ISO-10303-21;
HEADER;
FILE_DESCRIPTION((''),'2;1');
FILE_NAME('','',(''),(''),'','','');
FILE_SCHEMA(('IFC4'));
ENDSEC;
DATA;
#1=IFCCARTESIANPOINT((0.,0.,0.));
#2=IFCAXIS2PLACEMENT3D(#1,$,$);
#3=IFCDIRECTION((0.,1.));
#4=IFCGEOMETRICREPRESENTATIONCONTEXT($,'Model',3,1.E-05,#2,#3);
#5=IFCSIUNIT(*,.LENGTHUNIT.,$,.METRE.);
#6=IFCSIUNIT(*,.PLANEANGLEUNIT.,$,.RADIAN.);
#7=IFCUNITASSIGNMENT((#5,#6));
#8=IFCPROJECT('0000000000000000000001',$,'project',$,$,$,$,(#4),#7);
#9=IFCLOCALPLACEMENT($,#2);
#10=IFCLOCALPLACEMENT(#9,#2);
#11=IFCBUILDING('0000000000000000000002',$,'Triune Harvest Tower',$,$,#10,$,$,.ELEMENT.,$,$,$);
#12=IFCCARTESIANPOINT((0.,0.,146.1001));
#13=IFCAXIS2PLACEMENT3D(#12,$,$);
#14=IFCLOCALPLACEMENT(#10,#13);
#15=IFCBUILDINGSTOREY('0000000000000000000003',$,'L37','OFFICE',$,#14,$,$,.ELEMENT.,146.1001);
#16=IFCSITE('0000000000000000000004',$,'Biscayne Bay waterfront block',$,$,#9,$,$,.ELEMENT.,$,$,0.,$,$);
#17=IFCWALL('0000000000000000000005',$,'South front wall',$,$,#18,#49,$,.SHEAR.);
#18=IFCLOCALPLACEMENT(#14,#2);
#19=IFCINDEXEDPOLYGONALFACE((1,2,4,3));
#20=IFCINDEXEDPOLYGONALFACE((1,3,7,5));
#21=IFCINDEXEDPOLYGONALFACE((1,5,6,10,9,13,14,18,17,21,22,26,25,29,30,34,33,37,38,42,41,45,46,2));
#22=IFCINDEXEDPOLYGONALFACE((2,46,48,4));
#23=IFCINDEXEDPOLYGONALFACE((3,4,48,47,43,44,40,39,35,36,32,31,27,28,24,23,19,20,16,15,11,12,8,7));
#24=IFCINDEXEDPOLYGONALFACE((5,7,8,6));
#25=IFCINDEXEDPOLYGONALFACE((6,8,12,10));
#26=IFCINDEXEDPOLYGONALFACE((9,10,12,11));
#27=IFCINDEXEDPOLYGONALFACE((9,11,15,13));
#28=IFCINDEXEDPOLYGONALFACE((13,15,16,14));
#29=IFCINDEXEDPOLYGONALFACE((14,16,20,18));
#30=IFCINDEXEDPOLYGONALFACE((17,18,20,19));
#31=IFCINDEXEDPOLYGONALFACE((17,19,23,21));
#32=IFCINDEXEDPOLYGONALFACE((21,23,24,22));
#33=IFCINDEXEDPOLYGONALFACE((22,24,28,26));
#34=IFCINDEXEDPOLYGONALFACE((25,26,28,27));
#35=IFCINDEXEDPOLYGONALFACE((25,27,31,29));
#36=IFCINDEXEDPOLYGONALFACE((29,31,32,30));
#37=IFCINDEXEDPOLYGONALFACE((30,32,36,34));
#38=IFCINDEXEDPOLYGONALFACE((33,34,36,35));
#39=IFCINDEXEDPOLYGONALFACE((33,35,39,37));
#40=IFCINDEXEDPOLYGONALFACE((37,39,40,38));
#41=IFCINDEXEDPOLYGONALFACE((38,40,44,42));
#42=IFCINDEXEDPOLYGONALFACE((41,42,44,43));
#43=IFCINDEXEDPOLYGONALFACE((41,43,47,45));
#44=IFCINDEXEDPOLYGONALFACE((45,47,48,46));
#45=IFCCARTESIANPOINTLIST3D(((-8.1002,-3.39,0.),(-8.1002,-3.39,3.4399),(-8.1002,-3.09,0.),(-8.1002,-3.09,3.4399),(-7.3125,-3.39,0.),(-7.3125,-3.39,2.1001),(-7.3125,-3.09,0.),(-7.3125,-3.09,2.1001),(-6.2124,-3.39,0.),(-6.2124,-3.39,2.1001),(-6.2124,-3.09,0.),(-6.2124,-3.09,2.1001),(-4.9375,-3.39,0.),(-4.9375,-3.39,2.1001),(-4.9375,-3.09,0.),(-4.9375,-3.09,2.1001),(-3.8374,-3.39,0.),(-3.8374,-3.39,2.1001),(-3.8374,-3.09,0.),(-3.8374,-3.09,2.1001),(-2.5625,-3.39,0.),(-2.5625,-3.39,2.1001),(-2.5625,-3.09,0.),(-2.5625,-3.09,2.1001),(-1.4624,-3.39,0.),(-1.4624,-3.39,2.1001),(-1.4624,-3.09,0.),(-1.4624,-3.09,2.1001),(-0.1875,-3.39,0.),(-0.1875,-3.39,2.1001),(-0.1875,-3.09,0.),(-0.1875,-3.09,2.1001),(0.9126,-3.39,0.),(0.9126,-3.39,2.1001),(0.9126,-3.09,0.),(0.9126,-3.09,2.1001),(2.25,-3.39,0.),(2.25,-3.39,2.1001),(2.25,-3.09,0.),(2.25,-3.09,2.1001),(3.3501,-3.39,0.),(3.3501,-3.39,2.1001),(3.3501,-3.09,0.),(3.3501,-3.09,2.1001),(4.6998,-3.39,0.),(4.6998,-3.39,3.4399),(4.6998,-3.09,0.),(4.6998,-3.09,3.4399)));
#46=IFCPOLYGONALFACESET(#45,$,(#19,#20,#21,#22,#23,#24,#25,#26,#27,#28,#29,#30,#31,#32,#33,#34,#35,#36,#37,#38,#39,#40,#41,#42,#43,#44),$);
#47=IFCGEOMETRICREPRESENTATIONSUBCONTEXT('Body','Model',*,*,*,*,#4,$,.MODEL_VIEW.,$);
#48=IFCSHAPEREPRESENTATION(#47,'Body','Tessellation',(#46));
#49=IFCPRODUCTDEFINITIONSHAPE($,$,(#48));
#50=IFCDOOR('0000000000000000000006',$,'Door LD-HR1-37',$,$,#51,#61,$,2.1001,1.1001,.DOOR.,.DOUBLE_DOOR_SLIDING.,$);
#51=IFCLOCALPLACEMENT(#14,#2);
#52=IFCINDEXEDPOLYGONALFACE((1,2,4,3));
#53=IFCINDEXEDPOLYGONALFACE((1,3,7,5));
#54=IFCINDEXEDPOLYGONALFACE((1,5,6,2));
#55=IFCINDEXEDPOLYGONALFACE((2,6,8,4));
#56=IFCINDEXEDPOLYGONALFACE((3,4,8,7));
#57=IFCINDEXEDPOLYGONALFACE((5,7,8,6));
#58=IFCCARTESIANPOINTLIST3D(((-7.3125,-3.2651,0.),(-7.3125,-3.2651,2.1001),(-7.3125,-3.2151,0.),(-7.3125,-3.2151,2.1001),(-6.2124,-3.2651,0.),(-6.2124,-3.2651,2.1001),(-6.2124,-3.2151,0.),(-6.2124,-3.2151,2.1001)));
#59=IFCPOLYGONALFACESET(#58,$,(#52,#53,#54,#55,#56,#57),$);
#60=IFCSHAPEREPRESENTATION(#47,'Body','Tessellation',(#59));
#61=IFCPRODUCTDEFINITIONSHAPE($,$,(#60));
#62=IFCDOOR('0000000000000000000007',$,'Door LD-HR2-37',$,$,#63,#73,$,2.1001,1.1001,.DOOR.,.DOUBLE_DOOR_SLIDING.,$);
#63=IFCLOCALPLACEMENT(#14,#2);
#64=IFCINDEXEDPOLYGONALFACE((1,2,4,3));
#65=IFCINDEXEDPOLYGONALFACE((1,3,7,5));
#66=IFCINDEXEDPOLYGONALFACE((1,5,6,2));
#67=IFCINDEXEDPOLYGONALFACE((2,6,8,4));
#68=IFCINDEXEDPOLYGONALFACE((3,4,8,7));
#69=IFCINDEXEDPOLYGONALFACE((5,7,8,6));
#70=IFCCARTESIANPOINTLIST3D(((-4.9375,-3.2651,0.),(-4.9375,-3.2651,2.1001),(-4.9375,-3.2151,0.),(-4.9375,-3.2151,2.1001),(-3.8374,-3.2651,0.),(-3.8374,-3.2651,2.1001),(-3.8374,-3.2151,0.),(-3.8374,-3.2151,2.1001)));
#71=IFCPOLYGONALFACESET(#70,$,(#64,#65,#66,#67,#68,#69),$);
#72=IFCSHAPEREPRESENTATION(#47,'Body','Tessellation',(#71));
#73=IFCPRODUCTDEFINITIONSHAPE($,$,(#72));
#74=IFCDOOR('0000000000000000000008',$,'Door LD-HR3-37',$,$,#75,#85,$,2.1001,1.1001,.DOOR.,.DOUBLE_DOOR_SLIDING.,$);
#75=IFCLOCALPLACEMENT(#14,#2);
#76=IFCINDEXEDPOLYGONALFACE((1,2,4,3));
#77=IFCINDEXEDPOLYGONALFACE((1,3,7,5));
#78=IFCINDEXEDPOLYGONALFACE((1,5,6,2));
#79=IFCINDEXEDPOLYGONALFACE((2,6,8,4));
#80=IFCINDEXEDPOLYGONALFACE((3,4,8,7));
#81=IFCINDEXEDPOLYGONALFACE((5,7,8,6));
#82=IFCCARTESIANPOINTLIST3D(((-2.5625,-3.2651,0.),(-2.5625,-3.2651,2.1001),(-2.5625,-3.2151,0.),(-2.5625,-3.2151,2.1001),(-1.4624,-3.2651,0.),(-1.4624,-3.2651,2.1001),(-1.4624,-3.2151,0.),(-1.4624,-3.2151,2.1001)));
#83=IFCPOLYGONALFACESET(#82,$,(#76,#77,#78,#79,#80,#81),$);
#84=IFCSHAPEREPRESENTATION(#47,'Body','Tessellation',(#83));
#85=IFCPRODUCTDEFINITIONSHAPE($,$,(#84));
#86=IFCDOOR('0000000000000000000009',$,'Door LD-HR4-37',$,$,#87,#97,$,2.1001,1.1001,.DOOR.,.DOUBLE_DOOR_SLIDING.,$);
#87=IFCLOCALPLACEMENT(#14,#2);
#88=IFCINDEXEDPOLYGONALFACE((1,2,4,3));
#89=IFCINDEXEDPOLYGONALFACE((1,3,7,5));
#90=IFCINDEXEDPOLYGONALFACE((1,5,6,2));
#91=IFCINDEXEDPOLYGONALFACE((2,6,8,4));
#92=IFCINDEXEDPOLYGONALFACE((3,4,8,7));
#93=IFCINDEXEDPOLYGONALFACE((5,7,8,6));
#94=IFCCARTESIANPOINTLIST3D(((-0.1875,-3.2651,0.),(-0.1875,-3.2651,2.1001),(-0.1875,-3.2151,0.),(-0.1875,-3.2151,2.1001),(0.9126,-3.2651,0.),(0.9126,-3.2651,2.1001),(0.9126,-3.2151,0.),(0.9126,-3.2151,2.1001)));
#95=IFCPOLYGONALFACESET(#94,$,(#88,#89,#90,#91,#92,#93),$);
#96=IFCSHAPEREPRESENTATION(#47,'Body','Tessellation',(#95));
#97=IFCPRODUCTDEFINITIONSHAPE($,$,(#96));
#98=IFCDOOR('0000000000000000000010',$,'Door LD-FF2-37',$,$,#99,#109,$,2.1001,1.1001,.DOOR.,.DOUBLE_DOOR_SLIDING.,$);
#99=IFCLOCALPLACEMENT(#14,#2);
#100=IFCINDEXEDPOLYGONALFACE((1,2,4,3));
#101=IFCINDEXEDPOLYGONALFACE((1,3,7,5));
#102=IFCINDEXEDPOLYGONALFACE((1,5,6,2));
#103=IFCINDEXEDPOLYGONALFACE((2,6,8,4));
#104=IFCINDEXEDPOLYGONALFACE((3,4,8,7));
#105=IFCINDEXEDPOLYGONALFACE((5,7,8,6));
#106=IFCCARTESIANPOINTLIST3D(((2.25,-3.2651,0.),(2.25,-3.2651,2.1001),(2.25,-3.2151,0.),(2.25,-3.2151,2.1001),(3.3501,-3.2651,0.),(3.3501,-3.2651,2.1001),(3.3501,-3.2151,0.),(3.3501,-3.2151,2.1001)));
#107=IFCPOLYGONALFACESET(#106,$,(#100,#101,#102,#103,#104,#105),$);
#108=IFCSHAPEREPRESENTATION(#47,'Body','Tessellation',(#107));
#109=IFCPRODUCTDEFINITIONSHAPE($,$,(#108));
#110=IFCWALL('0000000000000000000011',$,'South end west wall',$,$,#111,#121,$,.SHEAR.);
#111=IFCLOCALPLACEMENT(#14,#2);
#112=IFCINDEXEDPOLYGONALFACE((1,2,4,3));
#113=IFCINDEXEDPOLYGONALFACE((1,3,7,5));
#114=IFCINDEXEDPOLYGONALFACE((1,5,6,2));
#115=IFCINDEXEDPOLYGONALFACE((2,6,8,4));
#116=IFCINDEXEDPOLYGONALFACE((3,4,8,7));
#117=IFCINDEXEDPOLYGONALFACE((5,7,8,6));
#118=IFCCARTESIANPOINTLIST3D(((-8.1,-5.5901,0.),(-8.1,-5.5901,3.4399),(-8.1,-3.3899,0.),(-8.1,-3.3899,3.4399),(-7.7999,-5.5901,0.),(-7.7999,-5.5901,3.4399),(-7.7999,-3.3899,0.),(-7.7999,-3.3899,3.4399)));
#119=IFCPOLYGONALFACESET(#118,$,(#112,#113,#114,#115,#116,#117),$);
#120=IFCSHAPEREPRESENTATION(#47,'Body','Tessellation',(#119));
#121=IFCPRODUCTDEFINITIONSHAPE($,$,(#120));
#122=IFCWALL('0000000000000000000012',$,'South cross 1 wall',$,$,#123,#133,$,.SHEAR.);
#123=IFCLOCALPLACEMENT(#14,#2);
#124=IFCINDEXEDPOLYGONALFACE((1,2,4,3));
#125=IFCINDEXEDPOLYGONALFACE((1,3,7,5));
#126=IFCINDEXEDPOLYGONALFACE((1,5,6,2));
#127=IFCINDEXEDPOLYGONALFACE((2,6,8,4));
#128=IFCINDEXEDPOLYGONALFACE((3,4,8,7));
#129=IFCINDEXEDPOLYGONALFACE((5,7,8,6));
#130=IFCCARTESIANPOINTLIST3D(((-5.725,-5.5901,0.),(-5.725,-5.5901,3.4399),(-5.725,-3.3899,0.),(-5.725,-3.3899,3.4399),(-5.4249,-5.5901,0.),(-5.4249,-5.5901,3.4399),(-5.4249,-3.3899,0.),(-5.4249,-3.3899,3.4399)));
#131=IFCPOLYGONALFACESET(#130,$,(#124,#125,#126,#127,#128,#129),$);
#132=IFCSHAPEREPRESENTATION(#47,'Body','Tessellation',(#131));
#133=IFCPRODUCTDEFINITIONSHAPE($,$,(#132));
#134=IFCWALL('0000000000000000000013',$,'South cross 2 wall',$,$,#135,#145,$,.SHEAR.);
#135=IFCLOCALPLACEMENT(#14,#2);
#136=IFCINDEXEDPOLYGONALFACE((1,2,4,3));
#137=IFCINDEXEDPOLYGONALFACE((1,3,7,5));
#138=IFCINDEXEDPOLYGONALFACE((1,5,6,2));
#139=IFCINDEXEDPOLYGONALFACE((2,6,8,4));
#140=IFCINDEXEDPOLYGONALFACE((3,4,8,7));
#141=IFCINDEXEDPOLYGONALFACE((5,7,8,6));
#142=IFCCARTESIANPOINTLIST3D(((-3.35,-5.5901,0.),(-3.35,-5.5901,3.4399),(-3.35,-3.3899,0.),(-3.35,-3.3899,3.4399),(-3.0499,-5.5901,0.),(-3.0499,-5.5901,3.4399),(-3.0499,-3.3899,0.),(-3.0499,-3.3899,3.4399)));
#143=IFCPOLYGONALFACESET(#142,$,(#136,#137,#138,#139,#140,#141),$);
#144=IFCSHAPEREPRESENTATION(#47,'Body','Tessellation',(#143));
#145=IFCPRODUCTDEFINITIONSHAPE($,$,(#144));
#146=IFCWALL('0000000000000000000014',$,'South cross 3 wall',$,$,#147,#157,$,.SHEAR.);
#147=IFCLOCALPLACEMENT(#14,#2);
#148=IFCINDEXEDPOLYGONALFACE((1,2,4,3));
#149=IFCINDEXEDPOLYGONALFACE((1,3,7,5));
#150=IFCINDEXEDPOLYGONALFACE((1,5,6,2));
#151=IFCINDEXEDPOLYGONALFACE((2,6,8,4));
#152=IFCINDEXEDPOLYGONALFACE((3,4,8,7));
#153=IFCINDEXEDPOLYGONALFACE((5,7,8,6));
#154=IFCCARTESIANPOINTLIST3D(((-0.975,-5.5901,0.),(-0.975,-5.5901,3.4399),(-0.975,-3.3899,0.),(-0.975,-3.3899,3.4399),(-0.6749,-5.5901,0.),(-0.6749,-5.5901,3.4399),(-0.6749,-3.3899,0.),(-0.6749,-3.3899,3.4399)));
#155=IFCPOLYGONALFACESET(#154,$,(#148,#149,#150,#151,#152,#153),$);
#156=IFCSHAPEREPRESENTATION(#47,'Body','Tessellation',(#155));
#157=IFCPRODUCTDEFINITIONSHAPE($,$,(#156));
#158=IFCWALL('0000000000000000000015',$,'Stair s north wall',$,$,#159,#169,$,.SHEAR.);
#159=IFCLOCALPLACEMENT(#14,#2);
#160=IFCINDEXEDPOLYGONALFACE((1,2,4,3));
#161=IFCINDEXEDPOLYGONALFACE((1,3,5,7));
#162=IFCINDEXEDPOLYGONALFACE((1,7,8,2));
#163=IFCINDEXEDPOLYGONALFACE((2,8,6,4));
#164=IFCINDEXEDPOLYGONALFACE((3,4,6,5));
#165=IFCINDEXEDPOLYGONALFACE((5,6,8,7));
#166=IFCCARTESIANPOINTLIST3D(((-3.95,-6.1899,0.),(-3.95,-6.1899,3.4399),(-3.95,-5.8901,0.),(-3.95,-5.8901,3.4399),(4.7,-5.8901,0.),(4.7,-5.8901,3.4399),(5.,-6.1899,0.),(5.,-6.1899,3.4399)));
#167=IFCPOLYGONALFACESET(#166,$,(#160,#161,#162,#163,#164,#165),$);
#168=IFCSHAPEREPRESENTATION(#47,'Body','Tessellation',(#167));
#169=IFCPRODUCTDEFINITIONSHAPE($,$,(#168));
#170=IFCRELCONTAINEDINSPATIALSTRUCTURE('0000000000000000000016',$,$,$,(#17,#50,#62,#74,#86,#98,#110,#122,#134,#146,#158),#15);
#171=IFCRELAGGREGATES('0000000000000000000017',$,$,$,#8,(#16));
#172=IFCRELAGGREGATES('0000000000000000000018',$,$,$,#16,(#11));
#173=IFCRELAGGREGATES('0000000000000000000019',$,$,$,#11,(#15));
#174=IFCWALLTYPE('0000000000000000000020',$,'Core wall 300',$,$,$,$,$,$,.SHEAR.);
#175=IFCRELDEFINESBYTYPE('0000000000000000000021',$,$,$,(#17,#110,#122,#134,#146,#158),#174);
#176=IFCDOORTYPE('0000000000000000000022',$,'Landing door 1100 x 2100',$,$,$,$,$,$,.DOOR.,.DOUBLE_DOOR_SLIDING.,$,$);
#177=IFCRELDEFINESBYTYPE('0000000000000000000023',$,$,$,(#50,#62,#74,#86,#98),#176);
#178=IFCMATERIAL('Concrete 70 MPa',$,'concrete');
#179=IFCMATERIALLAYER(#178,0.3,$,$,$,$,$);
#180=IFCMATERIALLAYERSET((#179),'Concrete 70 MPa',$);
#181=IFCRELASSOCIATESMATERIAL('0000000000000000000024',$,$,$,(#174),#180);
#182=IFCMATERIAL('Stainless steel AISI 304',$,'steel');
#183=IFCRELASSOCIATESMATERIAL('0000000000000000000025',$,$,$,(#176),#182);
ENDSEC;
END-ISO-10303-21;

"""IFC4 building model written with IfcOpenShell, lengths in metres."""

from ifc_helpers import new_model, si_unit, direction, frame, frame_2d, origin, place, context, subcontext, project, spatial, polyline, rectangle, outline, extrude, source, transform, mapped, material, layer, layer_set, type_object, element, fill, save


model = new_model("IFC4")

# Units and contexts
model_context = context("Model", 3, precision=1e-05, world=origin(), true_north=direction((0.0, 1.0)))
body_context = subcontext(model_context, "Body", "Model", "MODEL_VIEW")
ifc_project = project(units=[si_unit("LENGTHUNIT", "METRE"), si_unit("PLANEANGLEUNIT", "RADIAN")], contexts=[model_context])

# Site, building, storey
site_placement = place(None, origin())
site = spatial("IfcSite", under=ifc_project, at=site_placement, Name="Biscayne Bay waterfront block", CompositionType="ELEMENT", RefElevation=0.0)
building_placement = place(site_placement, origin())
building = spatial("IfcBuilding", under=site, at=building_placement, Name="Triune Harvest Tower", CompositionType="ELEMENT")
storey_placement = place(building_placement, frame((0.0, 0.0, 146.1001)))
storey = spatial("IfcBuildingStorey", under=building, at=storey_placement, Name="L37", Description="OFFICE", CompositionType="ELEMENT", Elevation=146.1001)

# Wall, openings, doors
ifc_material_1 = material(Name="Concrete 70 MPa", Category="concrete")
ifc_layer_1 = layer(ifc_material_1, 0.3)
ifc_layer_set_1 = layer_set([ifc_layer_1], Name="Concrete 70 MPa")
wall_type_1 = type_object("IfcWallType", Name="Core wall 300", PredefinedType="SHEAR", material=ifc_layer_set_1)
shared_shape_1 = source(origin(), body_context, "Body", "SweptSolid", [
    extrude(rectangle(XDim=12.8, YDim=0.3, at=frame_2d((6.3999, 0.0))), origin(), (0.0, 0.0, 1.0), 3.4399),
])
wall_1_placement = place(storey_placement, frame((-8.1001, -3.24, 0.0), z_axis=(0.0, 0.0, 1.0), x_axis=(1.0, 0.0, 0.0)))
wall_1 = element("IfcWall", 1, at=wall_1_placement, inside=storey, type_object=wall_type_1, Name="South front wall", PredefinedType="SHEAR", context=body_context, shape_type="MappedRepresentation", body=[
    mapped(shared_shape_1, transform((0.0, 0.0, 0.0), scale=1.0)),
])
opening_1_placement = place(wall_1_placement, frame((0.7876, 0.0, 0.0)))
opening_1 = element("IfcOpeningElement", 2, at=opening_1_placement, cuts=wall_1, PredefinedType="OPENING", context=body_context, shape_type="SweptSolid", body=[
    extrude(rectangle(XDim=1.1001, YDim=2.1001, at=frame_2d((0.55, 1.05))), frame((0.0, 0.1602, 0.0), z_axis=(0.0, -1.0, 0.0), x_axis=(1.0, 0.0, 0.0)), (0.0, 0.0, 1.0), 0.3201),
])
opening_2_placement = place(wall_1_placement, frame((3.1626, 0.0, 0.0)))
opening_2 = element("IfcOpeningElement", 3, at=opening_2_placement, cuts=wall_1, PredefinedType="OPENING", context=body_context, shape_type="SweptSolid", body=[
    extrude(rectangle(XDim=1.1001, YDim=2.1001, at=frame_2d((0.55, 1.05))), frame((0.0, 0.1602, 0.0), z_axis=(0.0, -1.0, 0.0), x_axis=(1.0, 0.0, 0.0)), (0.0, 0.0, 1.0), 0.3201),
])
opening_3_placement = place(wall_1_placement, frame((5.5376, 0.0, 0.0)))
opening_3 = element("IfcOpeningElement", 4, at=opening_3_placement, cuts=wall_1, PredefinedType="OPENING", context=body_context, shape_type="SweptSolid", body=[
    extrude(rectangle(XDim=1.1001, YDim=2.1001, at=frame_2d((0.55, 1.05))), frame((0.0, 0.1602, 0.0), z_axis=(0.0, -1.0, 0.0), x_axis=(1.0, 0.0, 0.0)), (0.0, 0.0, 1.0), 0.3201),
])
opening_4_placement = place(wall_1_placement, frame((7.9126, 0.0, 0.0)))
opening_4 = element("IfcOpeningElement", 5, at=opening_4_placement, cuts=wall_1, PredefinedType="OPENING", context=body_context, shape_type="SweptSolid", body=[
    extrude(rectangle(XDim=1.1001, YDim=2.1001, at=frame_2d((0.55, 1.05))), frame((0.0, 0.1602, 0.0), z_axis=(0.0, -1.0, 0.0), x_axis=(1.0, 0.0, 0.0)), (0.0, 0.0, 1.0), 0.3201),
])
opening_5_placement = place(wall_1_placement, frame((10.3501, 0.0, 0.0)))
opening_5 = element("IfcOpeningElement", 6, at=opening_5_placement, cuts=wall_1, PredefinedType="OPENING", context=body_context, shape_type="SweptSolid", body=[
    extrude(rectangle(XDim=1.1001, YDim=2.1001, at=frame_2d((0.55, 1.05))), frame((0.0, 0.1602, 0.0), z_axis=(0.0, -1.0, 0.0), x_axis=(1.0, 0.0, 0.0)), (0.0, 0.0, 1.0), 0.3201),
])
ifc_material_2 = material(Name="Stainless steel AISI 304", Category="steel")
door_type_1 = type_object("IfcDoorType", Name="Landing door 1100 x 2100", OperationType="DOUBLE_DOOR_SLIDING", PredefinedType="DOOR", material=ifc_material_2)
door_1_placement = place(opening_1_placement, origin())
door_1 = element("IfcDoor", 7, at=door_1_placement, inside=storey, type_object=door_type_1, Name="Door LD-HR1-37", OperationType="DOUBLE_DOOR_SLIDING", OverallHeight=2.1001, OverallWidth=1.1001, PredefinedType="DOOR", context=body_context, shape_type="SweptSolid", body=[
    extrude(rectangle(XDim=1.1001, YDim=2.1001, at=frame_2d((0.55, 1.05))), frame((0.0, 0.0249, 0.0), z_axis=(0.0, -1.0, 0.0), x_axis=(1.0, 0.0, 0.0)), (0.0, 0.0, 1.0), 0.05),
])
fill(opening_1, door_1)
door_2_placement = place(opening_2_placement, origin())
door_2 = element("IfcDoor", 8, at=door_2_placement, inside=storey, type_object=door_type_1, Name="Door LD-HR2-37", OperationType="DOUBLE_DOOR_SLIDING", OverallHeight=2.1001, OverallWidth=1.1001, PredefinedType="DOOR", context=body_context, shape_type="SweptSolid", body=[
    extrude(rectangle(XDim=1.1001, YDim=2.1001, at=frame_2d((0.55, 1.05))), frame((0.0, 0.0249, 0.0), z_axis=(0.0, -1.0, 0.0), x_axis=(1.0, 0.0, 0.0)), (0.0, 0.0, 1.0), 0.05),
])
fill(opening_2, door_2)
door_3_placement = place(opening_3_placement, origin())
door_3 = element("IfcDoor", 9, at=door_3_placement, inside=storey, type_object=door_type_1, Name="Door LD-HR3-37", OperationType="DOUBLE_DOOR_SLIDING", OverallHeight=2.1001, OverallWidth=1.1001, PredefinedType="DOOR", context=body_context, shape_type="SweptSolid", body=[
    extrude(rectangle(XDim=1.1001, YDim=2.1001, at=frame_2d((0.55, 1.05))), frame((0.0, 0.0249, 0.0), z_axis=(0.0, -1.0, 0.0), x_axis=(1.0, 0.0, 0.0)), (0.0, 0.0, 1.0), 0.05),
])
fill(opening_3, door_3)
door_4_placement = place(opening_4_placement, origin())
door_4 = element("IfcDoor", 10, at=door_4_placement, inside=storey, type_object=door_type_1, Name="Door LD-HR4-37", OperationType="DOUBLE_DOOR_SLIDING", OverallHeight=2.1001, OverallWidth=1.1001, PredefinedType="DOOR", context=body_context, shape_type="SweptSolid", body=[
    extrude(rectangle(XDim=1.1001, YDim=2.1001, at=frame_2d((0.55, 1.05))), frame((0.0, 0.0249, 0.0), z_axis=(0.0, -1.0, 0.0), x_axis=(1.0, 0.0, 0.0)), (0.0, 0.0, 1.0), 0.05),
])
fill(opening_4, door_4)
door_5_placement = place(opening_5_placement, origin())
door_5 = element("IfcDoor", 11, at=door_5_placement, inside=storey, type_object=door_type_1, Name="Door LD-FF2-37", OperationType="DOUBLE_DOOR_SLIDING", OverallHeight=2.1001, OverallWidth=1.1001, PredefinedType="DOOR", context=body_context, shape_type="SweptSolid", body=[
    extrude(rectangle(XDim=1.1001, YDim=2.1001, at=frame_2d((0.55, 1.05))), frame((0.0, 0.0249, 0.0), z_axis=(0.0, -1.0, 0.0), x_axis=(1.0, 0.0, 0.0)), (0.0, 0.0, 1.0), 0.05),
])
fill(opening_5, door_5)

# Walls
shared_shape_2 = source(origin(), body_context, "Body", "SweptSolid", [
    extrude(rectangle(XDim=2.2002, YDim=0.3, at=frame_2d((1.1001, 0.0))), origin(), (0.0, 0.0, 1.0), 3.4399),
])
for number, where, z_axis, x_axis, name in (
    (12, (-7.95, -5.5901, 0.0), (0.0, 0.0, 1.0), (0.0, 1.0, 0.0), "South end west wall"),
    (13, (-5.575, -5.5901, 0.0), (0.0, 0.0, 1.0), (0.0, 1.0, 0.0), "South cross 1 wall"),
    (14, (-3.2, -5.5901, 0.0), (0.0, 0.0, 1.0), (0.0, 1.0, 0.0), "South cross 2 wall"),
    (15, (-0.825, -5.5901, 0.0), (0.0, 0.0, 1.0), (0.0, 1.0, 0.0), "South cross 3 wall"),
):
    element("IfcWall", number, at=place(storey_placement, frame(where, z_axis=z_axis, x_axis=x_axis)), inside=storey, type_object=wall_type_1, Name=name, PredefinedType="SHEAR", context=body_context, shape_type="MappedRepresentation", body=[
        mapped(shared_shape_2, transform((0.0, 0.0, 0.0), scale=1.0)),
    ])
shared_shape_3 = source(origin(), body_context, "Body", "SweptSolid", [
    extrude(outline(polyline([(0.0, -0.1499), (8.95, -0.1499), (8.6499, 0.1499), (0.0, 0.1499), (0.0, -0.1499)])), origin(), (0.0, 0.0, 1.0), 3.4399),
])
wall_2_placement = place(storey_placement, frame((-3.95, -6.04, 0.0), z_axis=(0.0, 0.0, 1.0), x_axis=(1.0, 0.0, 0.0)))
element("IfcWall", 16, at=wall_2_placement, inside=storey, type_object=wall_type_1, Name="Stair s north wall", PredefinedType="SHEAR", context=body_context, shape_type="MappedRepresentation", body=[
    mapped(shared_shape_3, transform((0.0, 0.0, 0.0), scale=1.0)),
])

save(model, "model.ifc")
